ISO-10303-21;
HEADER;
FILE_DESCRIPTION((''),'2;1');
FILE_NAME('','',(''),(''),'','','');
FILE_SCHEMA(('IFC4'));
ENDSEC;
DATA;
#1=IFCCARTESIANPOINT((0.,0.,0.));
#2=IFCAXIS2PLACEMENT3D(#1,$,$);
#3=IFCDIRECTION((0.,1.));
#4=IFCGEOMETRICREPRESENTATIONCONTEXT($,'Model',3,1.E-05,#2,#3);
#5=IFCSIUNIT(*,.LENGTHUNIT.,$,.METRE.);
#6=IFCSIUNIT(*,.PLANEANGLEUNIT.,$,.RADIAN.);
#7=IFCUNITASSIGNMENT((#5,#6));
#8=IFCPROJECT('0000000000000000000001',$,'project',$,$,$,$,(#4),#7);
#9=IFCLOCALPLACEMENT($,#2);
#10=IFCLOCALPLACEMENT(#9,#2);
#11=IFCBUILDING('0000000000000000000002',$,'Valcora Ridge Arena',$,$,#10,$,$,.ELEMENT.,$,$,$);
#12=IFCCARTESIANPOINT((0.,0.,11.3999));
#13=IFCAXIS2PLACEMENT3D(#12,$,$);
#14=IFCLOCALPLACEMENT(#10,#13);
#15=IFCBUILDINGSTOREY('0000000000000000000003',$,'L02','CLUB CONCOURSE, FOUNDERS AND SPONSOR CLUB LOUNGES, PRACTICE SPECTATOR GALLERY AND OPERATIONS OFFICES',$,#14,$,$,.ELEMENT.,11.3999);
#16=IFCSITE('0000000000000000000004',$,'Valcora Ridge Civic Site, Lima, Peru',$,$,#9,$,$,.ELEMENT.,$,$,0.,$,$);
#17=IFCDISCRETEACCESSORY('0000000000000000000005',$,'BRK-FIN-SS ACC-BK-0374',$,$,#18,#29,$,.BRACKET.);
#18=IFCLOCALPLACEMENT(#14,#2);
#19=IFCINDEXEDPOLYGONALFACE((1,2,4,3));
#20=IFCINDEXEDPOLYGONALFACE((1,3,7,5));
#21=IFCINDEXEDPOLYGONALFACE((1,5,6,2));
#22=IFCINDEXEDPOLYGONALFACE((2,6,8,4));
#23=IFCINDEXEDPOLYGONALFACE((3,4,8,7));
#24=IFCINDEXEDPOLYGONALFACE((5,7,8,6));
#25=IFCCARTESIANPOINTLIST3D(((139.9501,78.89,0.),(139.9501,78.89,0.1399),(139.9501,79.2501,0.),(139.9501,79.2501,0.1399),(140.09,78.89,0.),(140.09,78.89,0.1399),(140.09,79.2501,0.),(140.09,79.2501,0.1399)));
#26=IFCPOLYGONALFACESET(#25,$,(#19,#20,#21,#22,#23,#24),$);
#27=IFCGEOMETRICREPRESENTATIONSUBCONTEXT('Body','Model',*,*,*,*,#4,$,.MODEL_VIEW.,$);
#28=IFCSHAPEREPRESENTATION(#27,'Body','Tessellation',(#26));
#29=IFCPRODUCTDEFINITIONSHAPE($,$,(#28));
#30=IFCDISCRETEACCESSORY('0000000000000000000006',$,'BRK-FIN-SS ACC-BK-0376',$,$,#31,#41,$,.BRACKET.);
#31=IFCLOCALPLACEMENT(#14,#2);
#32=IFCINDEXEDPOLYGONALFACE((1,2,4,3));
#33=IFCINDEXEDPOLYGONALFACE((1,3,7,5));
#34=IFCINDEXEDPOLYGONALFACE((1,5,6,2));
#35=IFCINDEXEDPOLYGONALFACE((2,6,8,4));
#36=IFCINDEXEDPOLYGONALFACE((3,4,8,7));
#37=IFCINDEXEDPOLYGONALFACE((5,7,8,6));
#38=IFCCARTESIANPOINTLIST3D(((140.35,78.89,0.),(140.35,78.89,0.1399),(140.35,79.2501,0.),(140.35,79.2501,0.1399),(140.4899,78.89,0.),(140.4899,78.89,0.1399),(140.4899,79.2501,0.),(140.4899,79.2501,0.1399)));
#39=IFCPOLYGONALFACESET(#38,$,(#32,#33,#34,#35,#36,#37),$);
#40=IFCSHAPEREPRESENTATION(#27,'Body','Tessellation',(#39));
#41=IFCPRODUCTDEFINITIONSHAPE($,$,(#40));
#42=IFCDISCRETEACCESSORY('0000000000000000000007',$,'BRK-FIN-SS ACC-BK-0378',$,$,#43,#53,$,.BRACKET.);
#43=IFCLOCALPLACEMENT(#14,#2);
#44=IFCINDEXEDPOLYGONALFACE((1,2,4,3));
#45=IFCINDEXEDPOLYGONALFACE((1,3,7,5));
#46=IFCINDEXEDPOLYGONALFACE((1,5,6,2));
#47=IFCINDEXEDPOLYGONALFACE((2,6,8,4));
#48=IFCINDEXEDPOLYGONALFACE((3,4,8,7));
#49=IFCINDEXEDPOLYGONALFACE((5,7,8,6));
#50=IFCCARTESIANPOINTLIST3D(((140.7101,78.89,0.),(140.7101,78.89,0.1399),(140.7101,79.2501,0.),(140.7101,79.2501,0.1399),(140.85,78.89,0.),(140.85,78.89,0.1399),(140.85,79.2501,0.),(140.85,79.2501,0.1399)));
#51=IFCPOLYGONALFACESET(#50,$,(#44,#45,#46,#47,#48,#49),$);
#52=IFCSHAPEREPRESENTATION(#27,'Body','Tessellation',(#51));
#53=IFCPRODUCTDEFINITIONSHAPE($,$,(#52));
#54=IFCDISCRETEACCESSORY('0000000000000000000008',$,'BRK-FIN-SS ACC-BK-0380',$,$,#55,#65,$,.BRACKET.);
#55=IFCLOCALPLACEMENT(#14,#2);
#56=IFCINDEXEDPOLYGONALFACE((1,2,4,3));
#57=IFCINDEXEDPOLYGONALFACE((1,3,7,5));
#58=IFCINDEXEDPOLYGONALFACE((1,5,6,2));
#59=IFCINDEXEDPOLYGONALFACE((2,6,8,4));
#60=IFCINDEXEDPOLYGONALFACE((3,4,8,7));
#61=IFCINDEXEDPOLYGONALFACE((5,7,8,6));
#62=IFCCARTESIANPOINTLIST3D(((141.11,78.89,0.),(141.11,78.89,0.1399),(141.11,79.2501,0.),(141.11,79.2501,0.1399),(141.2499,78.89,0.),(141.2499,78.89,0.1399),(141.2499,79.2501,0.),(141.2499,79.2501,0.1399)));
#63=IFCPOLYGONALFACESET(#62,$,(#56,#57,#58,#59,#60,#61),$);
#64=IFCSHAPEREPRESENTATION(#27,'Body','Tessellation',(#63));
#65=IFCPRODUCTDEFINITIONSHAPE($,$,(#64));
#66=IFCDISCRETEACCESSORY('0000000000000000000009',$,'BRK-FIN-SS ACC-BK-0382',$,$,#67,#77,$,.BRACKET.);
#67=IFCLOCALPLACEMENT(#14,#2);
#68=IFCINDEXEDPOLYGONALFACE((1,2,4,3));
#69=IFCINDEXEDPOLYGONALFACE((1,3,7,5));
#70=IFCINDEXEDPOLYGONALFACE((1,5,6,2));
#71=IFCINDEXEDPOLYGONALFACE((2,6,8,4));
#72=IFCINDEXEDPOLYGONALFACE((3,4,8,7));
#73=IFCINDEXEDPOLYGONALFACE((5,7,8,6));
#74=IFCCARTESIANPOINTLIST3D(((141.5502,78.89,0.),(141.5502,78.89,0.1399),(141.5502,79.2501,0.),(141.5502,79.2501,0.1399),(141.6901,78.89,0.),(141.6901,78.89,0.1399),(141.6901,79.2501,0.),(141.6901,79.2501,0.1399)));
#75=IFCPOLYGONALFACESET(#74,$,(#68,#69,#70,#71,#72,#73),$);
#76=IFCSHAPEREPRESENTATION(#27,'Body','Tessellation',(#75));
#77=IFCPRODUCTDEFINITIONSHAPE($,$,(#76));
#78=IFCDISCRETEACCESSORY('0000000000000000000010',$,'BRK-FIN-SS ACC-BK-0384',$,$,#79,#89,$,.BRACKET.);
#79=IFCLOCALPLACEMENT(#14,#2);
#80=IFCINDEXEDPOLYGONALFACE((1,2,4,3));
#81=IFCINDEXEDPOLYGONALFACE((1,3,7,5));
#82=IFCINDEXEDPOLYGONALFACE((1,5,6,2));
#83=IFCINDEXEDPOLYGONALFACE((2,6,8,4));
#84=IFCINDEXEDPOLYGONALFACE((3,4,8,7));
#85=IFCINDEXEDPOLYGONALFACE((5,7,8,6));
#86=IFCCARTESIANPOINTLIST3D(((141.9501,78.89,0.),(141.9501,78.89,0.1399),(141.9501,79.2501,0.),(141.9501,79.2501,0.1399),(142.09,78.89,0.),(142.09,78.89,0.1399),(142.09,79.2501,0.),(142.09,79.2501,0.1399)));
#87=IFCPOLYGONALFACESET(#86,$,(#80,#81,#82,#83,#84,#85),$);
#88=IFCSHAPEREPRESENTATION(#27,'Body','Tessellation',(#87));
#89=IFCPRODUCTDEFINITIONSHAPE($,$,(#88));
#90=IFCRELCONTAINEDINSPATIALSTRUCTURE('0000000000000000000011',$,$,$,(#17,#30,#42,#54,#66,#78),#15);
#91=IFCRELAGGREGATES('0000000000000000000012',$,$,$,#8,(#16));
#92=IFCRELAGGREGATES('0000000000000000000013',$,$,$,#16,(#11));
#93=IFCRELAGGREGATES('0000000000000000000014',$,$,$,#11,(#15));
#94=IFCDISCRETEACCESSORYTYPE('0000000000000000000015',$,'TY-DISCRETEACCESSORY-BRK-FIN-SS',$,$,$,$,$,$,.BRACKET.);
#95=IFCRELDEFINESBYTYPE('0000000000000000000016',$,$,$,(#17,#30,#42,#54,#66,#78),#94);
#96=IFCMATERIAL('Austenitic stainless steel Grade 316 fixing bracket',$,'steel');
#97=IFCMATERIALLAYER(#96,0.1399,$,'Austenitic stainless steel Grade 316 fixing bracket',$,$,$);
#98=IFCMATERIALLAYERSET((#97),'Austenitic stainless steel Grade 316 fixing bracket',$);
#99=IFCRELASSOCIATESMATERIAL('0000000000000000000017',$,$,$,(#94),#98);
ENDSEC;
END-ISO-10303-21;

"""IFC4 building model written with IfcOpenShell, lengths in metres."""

from ifc_helpers import new_model, si_unit, direction, frame, origin, origin_2d, place, context, subcontext, project, spatial, rectangle, extrude, material, layer, layer_set, type_object, element, save


model = new_model("IFC4")

# Units and contexts
model_context = context("Model", 3, precision=1e-05, world=origin(), true_north=direction((0.0, 1.0)))
body_context = subcontext(model_context, "Body", "Model", "MODEL_VIEW")
ifc_project = project(units=[si_unit("LENGTHUNIT", "METRE"), si_unit("PLANEANGLEUNIT", "RADIAN")], contexts=[model_context])

# Site, building, storey
site_placement = place(None, origin())
site = spatial("IfcSite", under=ifc_project, at=site_placement, Name="Valcora Ridge Civic Site, Lima, Peru", CompositionType="ELEMENT", RefElevation=0.0)
building_placement = place(site_placement, origin())
building = spatial("IfcBuilding", under=site, at=building_placement, Name="Valcora Ridge Arena", CompositionType="ELEMENT")
storey_placement = place(building_placement, frame((0.0, 0.0, 11.3999)))
storey = spatial("IfcBuildingStorey", under=building, at=storey_placement, Name="L02", Description="CLUB CONCOURSE, FOUNDERS AND SPONSOR CLUB LOUNGES, PRACTICE SPECTATOR GALLERY AND OPERATIONS OFFICES", CompositionType="ELEMENT", Elevation=11.3999)

# Discrete accessories
ifc_material_1 = material(Name="Austenitic stainless steel Grade 316 fixing bracket", Category="steel")
ifc_layer_1 = layer(ifc_material_1, 0.1399, Name="Austenitic stainless steel Grade 316 fixing bracket")
ifc_layer_set_1 = layer_set([ifc_layer_1], Name="Austenitic stainless steel Grade 316 fixing bracket")
discrete_accessory_type = type_object("IfcDiscreteAccessoryType", Name="TY-DISCRETEACCESSORY-BRK-FIN-SS", PredefinedType="BRACKET", material=ifc_layer_set_1)
for number, where, z_axis, x_axis, name in (
    (1, (140.02, 79.0701, 0.0), (0.0, 0.0, 1.0), (0.0, 1.0, 0.0), "BRK-FIN-SS ACC-BK-0374"),
    (2, (140.4199, 79.0701, 0.0), (0.0, 0.0, 1.0), (0.0, 1.0, 0.0), "BRK-FIN-SS ACC-BK-0376"),
    (3, (140.78, 79.0701, 0.0), (0.0, 0.0, 1.0), (0.0, 1.0, 0.0), "BRK-FIN-SS ACC-BK-0378"),
    (4, (141.1799, 79.0701, 0.0), (0.0, 0.0, 1.0), (0.0, 1.0, 0.0), "BRK-FIN-SS ACC-BK-0380"),
    (5, (141.6201, 79.0701, 0.0), (0.0, 0.0, 1.0), (0.0, 1.0, 0.0), "BRK-FIN-SS ACC-BK-0382"),
    (6, (142.02, 79.0701, 0.0), (0.0, 0.0, 1.0), (0.0, 1.0, 0.0), "BRK-FIN-SS ACC-BK-0384"),
):
    element("IfcDiscreteAccessory", number, at=place(storey_placement, frame(where, z_axis=z_axis, x_axis=x_axis)), inside=storey, type_object=discrete_accessory_type, Name=name, PredefinedType="BRACKET", context=body_context, shape_type="SweptSolid", body=[
        extrude(rectangle(XDim=0.3601, YDim=0.1399, at=origin_2d()), origin(), (0.0, 0.0, 1.0), 0.1399),
    ])

save(model, "model.ifc")
